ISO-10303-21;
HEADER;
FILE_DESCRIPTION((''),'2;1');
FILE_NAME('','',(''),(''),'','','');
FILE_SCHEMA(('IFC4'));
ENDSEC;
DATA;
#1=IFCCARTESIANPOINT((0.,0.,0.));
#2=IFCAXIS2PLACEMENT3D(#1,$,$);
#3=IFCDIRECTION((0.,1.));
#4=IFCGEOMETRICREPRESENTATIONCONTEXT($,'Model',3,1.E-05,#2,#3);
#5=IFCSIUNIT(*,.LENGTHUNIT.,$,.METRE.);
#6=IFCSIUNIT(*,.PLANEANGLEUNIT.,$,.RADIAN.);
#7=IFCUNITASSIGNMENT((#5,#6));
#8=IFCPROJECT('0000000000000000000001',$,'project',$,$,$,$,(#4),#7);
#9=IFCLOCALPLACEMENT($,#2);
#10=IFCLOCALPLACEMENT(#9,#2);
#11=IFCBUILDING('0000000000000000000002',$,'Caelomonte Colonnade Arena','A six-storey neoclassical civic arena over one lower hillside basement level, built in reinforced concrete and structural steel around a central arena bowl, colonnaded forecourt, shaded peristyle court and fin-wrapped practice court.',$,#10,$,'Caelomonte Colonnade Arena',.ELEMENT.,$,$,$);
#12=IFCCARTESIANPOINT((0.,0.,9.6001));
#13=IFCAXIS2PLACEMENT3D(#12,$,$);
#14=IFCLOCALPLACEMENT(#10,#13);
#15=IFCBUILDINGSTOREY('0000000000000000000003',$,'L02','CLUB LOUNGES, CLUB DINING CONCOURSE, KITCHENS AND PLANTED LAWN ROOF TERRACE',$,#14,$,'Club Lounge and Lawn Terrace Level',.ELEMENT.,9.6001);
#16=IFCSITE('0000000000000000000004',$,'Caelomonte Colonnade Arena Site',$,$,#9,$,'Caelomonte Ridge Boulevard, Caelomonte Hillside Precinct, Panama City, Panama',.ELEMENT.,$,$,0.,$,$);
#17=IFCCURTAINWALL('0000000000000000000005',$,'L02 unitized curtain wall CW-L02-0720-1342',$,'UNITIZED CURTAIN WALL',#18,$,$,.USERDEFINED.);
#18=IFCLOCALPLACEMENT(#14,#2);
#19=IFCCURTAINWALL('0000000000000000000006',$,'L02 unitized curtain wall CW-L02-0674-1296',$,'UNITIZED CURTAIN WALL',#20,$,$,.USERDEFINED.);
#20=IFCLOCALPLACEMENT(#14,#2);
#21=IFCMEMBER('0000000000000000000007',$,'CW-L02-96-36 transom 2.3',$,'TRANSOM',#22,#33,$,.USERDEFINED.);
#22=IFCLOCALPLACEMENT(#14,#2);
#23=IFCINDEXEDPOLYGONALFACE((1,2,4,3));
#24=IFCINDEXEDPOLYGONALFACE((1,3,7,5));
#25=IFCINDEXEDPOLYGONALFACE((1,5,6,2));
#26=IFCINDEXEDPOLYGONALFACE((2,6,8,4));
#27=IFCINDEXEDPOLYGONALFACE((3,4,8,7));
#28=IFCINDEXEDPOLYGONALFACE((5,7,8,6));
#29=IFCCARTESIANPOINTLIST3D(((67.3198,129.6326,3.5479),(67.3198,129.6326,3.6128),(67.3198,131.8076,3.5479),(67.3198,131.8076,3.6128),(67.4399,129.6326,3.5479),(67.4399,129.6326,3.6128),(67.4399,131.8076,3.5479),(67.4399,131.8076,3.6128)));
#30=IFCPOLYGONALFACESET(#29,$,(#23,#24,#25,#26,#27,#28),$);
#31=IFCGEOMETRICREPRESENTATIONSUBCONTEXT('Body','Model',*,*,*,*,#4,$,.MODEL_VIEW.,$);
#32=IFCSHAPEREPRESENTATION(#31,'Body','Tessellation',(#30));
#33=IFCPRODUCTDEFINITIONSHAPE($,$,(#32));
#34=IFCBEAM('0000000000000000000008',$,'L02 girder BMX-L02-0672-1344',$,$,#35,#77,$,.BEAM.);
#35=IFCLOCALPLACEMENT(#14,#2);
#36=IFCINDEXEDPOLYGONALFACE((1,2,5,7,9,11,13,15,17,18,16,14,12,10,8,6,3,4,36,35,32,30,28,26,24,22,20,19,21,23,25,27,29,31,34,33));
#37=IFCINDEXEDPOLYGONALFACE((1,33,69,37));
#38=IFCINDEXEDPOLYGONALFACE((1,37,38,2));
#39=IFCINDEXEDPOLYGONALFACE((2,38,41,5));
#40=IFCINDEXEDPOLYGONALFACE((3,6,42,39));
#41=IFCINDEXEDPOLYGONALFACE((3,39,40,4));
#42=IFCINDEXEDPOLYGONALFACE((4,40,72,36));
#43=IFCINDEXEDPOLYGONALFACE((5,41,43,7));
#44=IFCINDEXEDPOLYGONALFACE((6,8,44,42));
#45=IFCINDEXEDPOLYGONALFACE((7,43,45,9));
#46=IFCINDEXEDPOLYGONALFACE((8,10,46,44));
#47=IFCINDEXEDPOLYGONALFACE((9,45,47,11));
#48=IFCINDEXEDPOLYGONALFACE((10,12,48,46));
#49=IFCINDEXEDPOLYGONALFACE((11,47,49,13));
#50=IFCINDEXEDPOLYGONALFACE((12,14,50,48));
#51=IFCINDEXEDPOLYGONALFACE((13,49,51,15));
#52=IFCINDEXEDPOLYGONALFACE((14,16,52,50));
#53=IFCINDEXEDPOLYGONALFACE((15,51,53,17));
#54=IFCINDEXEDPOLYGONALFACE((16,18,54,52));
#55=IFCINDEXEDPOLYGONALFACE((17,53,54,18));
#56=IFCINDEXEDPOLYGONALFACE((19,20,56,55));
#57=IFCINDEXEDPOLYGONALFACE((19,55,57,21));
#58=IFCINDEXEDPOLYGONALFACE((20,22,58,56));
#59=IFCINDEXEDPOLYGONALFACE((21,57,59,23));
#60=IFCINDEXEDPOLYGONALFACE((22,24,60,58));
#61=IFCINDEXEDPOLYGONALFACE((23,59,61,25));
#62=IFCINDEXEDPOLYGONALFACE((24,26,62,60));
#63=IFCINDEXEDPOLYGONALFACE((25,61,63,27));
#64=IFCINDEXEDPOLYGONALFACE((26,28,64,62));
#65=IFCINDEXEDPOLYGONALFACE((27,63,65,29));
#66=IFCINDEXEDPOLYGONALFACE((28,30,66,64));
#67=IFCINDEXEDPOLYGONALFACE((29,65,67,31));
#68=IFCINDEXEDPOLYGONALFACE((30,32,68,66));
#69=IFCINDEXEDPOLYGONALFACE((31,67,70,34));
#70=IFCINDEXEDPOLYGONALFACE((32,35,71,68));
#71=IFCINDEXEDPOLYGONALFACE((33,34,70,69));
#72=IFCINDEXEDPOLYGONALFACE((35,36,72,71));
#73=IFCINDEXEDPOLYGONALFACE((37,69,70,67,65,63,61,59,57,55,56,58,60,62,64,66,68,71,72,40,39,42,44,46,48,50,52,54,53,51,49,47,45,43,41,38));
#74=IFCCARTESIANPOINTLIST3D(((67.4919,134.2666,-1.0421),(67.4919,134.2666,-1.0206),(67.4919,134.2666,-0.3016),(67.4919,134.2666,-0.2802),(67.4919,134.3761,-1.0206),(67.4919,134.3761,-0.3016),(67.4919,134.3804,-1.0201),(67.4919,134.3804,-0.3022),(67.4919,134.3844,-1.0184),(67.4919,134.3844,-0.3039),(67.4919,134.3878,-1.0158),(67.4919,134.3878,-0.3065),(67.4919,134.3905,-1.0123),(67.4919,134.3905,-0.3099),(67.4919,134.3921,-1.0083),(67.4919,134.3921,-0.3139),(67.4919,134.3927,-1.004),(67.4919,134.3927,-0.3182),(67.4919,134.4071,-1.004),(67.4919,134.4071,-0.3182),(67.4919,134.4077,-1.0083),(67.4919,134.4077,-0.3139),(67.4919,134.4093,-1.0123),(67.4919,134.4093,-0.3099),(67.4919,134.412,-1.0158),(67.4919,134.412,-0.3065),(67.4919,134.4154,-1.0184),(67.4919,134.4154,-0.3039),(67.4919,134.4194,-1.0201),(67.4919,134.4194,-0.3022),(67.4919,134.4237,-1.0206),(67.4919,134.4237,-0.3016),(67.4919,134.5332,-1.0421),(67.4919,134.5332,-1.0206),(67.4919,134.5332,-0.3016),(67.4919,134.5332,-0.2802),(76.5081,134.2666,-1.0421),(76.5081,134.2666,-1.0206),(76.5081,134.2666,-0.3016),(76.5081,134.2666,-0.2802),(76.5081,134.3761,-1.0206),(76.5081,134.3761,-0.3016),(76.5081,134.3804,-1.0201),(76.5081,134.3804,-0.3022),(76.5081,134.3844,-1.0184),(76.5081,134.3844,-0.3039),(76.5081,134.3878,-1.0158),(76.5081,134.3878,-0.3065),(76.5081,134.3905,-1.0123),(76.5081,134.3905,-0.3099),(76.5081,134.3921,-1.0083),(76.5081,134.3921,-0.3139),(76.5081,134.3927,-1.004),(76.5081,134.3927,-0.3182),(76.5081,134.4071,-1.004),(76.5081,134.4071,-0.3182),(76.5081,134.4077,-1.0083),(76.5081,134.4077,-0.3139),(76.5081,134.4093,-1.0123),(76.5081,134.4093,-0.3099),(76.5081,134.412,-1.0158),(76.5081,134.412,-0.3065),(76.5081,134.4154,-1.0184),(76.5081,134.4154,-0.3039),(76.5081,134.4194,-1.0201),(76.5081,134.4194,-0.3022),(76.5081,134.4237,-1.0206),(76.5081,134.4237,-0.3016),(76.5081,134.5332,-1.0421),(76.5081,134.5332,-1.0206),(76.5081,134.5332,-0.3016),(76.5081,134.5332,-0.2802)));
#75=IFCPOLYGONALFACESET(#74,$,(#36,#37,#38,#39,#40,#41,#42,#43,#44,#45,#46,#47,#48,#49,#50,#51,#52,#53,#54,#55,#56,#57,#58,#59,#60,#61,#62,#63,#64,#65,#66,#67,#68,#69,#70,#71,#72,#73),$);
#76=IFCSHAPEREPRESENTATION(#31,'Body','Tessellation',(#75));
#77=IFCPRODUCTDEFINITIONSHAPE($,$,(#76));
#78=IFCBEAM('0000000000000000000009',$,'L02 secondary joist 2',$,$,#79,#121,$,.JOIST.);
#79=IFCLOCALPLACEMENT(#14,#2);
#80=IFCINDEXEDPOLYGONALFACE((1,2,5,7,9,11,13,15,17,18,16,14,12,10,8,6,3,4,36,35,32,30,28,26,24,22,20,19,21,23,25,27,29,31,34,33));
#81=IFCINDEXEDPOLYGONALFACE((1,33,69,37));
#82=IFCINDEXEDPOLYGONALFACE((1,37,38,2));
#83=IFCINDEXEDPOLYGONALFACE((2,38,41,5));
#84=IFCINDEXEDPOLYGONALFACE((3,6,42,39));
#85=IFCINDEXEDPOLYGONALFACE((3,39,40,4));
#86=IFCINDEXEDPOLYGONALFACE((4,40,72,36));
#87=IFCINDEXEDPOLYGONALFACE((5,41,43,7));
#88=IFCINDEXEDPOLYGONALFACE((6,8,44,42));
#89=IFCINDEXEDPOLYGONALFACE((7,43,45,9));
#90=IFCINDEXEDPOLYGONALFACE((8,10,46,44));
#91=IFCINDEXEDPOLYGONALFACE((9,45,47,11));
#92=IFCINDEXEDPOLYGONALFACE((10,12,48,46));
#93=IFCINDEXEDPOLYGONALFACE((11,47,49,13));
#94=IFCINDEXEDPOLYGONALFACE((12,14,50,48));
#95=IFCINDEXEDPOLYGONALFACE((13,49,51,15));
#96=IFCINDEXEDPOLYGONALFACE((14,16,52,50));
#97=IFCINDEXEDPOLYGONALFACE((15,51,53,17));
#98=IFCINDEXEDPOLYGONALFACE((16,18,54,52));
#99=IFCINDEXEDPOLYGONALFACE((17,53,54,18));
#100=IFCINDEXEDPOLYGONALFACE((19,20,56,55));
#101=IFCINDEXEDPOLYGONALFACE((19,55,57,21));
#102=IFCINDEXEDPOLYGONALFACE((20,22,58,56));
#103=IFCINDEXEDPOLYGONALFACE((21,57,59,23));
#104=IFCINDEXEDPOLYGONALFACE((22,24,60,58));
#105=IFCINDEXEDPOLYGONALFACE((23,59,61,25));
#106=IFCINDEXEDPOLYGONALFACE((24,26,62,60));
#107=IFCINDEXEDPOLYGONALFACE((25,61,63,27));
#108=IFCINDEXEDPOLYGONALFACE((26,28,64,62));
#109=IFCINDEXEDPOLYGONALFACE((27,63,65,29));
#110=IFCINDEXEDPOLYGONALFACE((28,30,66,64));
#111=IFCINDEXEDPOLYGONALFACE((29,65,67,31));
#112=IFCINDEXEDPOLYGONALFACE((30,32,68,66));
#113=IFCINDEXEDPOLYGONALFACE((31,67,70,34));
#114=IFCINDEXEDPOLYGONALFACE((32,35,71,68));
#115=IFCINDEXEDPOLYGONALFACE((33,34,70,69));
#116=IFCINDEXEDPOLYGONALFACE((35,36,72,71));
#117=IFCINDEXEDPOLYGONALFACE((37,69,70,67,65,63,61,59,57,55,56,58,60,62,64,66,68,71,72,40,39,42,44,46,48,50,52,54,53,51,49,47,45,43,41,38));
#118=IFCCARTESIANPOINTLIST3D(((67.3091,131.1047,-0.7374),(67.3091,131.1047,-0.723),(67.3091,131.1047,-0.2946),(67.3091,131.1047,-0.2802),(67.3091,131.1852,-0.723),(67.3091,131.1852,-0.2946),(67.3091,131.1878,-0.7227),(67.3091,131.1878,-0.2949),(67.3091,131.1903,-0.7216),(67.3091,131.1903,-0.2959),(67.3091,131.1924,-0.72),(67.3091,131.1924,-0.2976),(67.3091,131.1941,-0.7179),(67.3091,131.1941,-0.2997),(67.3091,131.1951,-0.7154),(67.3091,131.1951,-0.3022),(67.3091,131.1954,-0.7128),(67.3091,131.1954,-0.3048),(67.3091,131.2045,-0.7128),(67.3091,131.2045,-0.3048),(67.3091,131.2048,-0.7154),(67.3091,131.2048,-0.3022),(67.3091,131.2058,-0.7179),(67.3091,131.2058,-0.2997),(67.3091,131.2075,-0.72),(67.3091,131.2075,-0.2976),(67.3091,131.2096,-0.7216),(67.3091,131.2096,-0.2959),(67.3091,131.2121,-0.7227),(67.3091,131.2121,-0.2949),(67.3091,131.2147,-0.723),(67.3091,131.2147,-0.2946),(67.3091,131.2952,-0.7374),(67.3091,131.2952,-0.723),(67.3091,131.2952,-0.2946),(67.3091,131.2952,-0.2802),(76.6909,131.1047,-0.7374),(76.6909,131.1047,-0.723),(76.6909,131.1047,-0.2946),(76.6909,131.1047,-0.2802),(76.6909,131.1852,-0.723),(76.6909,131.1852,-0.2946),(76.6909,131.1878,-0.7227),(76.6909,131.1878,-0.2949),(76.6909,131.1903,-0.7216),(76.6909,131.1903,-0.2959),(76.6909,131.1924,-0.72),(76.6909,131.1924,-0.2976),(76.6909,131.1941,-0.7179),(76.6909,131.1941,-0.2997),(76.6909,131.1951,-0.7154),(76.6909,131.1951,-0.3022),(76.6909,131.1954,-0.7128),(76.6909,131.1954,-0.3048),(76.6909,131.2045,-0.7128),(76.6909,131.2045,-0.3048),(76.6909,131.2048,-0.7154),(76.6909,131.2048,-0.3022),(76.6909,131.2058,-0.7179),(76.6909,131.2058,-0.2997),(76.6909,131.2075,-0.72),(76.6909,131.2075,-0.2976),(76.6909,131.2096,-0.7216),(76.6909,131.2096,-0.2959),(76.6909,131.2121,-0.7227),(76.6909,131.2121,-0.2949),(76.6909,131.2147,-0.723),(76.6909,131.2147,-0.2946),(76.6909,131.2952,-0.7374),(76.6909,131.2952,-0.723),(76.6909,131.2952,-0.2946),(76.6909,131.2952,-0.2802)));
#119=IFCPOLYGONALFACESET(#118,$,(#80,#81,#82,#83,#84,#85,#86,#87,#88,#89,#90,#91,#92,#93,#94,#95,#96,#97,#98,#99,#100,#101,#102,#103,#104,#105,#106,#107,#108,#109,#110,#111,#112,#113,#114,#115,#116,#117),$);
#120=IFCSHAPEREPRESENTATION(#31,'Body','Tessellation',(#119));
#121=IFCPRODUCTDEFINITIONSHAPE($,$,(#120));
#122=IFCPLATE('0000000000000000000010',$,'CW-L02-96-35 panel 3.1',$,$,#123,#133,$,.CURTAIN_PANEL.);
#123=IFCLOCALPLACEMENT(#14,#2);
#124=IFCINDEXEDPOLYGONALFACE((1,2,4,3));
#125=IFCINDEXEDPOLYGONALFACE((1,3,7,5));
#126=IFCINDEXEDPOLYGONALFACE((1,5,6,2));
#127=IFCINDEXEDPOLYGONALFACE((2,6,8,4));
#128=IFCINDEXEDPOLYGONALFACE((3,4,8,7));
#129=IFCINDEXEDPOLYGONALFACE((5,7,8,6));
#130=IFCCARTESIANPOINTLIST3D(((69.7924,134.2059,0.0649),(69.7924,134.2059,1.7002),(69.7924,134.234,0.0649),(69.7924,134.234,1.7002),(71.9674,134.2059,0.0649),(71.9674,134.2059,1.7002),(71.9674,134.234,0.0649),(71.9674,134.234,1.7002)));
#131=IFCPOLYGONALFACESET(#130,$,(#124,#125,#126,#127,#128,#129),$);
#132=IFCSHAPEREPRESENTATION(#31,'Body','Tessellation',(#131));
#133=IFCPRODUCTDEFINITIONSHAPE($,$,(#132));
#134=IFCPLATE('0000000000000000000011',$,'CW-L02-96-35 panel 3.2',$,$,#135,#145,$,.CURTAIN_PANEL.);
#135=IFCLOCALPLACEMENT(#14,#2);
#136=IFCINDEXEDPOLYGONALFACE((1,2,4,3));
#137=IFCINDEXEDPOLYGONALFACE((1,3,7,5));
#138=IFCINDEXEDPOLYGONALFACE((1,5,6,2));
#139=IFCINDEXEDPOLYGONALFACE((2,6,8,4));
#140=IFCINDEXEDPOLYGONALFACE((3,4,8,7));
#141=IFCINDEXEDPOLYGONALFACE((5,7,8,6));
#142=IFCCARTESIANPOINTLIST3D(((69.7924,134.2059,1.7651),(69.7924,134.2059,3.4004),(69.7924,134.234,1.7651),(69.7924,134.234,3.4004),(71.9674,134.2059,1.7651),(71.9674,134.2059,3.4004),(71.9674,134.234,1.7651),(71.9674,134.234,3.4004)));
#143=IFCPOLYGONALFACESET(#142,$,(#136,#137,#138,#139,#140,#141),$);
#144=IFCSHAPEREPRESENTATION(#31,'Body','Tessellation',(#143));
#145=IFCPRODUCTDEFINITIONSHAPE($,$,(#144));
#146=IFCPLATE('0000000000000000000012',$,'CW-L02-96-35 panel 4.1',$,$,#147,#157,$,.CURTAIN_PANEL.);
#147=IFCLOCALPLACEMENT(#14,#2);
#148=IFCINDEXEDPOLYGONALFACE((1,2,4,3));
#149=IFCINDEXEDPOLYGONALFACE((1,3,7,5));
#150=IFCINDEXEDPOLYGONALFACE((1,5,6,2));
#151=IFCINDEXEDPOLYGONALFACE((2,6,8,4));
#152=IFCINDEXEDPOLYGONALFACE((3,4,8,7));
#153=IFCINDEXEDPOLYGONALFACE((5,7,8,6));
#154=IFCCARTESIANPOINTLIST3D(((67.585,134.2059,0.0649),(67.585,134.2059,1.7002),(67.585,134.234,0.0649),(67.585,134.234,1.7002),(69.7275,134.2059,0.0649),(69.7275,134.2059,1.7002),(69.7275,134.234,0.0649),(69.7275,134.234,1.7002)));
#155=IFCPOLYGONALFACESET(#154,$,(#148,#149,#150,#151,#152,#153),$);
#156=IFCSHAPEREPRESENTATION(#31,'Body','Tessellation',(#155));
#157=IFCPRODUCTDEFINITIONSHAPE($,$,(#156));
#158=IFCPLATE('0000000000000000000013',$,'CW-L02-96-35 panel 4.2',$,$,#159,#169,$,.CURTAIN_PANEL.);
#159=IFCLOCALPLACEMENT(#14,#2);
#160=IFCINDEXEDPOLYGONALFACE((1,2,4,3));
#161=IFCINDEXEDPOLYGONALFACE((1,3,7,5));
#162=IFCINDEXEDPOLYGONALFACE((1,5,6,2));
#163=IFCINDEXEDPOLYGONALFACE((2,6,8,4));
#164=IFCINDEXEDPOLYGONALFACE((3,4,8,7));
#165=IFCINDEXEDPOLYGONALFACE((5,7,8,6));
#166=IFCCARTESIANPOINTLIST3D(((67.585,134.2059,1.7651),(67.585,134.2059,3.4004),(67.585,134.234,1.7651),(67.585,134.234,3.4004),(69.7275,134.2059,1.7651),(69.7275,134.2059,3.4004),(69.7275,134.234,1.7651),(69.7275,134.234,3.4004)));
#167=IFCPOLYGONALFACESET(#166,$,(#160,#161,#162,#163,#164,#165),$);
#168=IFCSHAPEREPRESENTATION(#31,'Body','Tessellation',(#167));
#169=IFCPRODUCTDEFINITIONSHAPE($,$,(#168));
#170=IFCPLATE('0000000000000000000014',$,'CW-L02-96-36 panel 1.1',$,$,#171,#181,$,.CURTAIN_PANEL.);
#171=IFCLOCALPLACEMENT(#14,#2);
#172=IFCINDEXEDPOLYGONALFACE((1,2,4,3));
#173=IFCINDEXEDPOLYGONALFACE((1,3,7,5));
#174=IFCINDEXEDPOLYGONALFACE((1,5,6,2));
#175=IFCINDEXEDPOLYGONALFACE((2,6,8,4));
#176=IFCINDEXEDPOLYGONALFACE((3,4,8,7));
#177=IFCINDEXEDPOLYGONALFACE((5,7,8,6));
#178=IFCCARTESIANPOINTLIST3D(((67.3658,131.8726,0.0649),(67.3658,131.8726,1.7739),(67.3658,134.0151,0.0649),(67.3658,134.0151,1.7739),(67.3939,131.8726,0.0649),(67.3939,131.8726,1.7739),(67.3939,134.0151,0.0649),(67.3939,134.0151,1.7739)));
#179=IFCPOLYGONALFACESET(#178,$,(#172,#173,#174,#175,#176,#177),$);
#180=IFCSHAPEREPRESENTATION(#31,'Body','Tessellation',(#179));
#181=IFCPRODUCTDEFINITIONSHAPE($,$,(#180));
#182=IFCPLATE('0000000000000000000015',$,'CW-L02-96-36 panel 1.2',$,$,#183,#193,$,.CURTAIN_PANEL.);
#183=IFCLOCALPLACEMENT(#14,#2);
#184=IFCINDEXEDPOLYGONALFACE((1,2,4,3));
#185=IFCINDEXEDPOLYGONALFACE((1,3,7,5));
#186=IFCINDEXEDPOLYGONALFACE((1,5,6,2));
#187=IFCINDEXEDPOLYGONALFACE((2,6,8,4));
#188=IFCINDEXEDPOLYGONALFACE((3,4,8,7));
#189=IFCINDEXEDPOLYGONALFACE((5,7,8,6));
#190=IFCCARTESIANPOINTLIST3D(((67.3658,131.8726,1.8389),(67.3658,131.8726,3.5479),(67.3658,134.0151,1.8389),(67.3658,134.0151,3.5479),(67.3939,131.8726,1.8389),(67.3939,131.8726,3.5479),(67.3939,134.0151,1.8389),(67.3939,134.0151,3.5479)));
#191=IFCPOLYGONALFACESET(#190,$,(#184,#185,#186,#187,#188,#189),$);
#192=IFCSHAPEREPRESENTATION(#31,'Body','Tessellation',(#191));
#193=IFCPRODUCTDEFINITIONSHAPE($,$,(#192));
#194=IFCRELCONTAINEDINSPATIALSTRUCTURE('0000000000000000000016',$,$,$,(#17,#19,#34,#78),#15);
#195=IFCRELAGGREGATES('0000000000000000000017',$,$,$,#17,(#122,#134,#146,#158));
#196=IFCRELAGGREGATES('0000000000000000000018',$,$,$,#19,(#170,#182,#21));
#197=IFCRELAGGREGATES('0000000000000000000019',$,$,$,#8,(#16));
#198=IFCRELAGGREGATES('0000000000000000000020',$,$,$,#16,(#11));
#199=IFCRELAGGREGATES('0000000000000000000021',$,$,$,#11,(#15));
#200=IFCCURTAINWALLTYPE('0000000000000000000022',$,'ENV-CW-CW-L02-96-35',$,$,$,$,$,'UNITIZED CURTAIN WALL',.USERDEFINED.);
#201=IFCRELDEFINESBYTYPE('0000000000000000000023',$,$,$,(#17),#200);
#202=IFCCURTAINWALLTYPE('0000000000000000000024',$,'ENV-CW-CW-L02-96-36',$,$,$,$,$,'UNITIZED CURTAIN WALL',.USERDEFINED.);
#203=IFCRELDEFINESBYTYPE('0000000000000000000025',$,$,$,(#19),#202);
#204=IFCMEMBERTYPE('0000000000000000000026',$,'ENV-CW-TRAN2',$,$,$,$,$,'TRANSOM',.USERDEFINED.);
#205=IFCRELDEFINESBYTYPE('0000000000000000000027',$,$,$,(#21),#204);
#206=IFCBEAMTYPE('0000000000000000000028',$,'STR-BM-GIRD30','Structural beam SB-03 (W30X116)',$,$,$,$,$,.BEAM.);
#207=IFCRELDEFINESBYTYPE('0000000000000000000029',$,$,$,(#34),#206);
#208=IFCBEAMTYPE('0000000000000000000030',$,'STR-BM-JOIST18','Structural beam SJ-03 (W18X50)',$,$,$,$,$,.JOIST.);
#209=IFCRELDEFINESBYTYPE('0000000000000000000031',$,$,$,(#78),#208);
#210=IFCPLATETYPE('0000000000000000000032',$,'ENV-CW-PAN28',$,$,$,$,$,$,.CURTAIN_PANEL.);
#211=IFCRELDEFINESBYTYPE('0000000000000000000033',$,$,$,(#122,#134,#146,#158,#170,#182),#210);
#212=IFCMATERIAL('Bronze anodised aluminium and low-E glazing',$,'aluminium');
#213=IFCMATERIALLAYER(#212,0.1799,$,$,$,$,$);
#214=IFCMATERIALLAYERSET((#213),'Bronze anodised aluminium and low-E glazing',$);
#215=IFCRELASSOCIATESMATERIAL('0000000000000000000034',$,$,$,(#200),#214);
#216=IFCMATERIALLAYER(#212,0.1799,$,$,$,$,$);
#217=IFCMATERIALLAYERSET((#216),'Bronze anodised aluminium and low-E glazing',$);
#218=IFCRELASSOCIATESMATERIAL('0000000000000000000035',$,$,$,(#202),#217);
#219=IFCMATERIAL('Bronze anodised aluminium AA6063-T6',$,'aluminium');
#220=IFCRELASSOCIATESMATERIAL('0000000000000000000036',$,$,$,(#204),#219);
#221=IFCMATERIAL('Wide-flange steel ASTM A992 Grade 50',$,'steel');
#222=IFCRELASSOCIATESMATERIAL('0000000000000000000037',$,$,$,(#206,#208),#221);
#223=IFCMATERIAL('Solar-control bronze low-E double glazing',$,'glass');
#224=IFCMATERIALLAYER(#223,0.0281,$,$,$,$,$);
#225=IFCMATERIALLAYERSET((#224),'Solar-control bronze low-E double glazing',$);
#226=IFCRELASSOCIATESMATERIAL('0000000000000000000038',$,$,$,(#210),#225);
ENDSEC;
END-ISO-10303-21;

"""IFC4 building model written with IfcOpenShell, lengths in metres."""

from ifc_helpers import new_model, si_unit, direction, frame, origin, origin_2d, place, context, subcontext, project, spatial, rectangle, i_section, extrude, material, layer, layer_set, material_profile, profile_set, type_object, element, aggregate, save


model = new_model("IFC4")

# Units and contexts
model_context = context("Model", 3, precision=1e-05, world=origin(), true_north=direction((0.0, 1.0)))
body_context = subcontext(model_context, "Body", "Model", "MODEL_VIEW")
ifc_project = project(units=[si_unit("LENGTHUNIT", "METRE"), si_unit("PLANEANGLEUNIT", "RADIAN")], contexts=[model_context])

# Site, building, storey
site_placement = place(None, origin())
site = spatial("IfcSite", under=ifc_project, at=site_placement, Name="Caelomonte Colonnade Arena Site", LongName="Caelomonte Ridge Boulevard, Caelomonte Hillside Precinct, Panama City, Panama", CompositionType="ELEMENT", RefElevation=0.0)
building_placement = place(site_placement, origin())
building = spatial("IfcBuilding", under=site, at=building_placement, Name="Caelomonte Colonnade Arena", Description="A six-storey neoclassical civic arena over one lower hillside basement level, built in reinforced concrete and structural steel around a central arena bowl, colonnaded forecourt, shaded peristyle court and fin-wrapped practice court.", LongName="Caelomonte Colonnade Arena", CompositionType="ELEMENT")
storey_placement = place(building_placement, frame((0.0, 0.0, 9.6001)))
storey = spatial("IfcBuildingStorey", under=building, at=storey_placement, Name="L02", Description="CLUB LOUNGES, CLUB DINING CONCOURSE, KITCHENS AND PLANTED LAWN ROOF TERRACE", LongName="Club Lounge and Lawn Terrace Level", CompositionType="ELEMENT", Elevation=9.6001)

# Curtain walls
ifc_material_1 = material(Name="Bronze anodised aluminium and low-E glazing", Category="aluminium")
ifc_layer_1 = layer(ifc_material_1, 0.1799)
ifc_layer_set_1 = layer_set([ifc_layer_1], Name="Bronze anodised aluminium and low-E glazing")
curtain_wall_type_1 = type_object("IfcCurtainWallType", Name="ENV-CW-CW-L02-96-35", ElementType="UNITIZED CURTAIN WALL", PredefinedType="USERDEFINED", material=ifc_layer_set_1)
curtain_wall_1_placement = place(storey_placement, origin())
curtain_wall_1 = element("IfcCurtainWall", 1, at=curtain_wall_1_placement, inside=storey, type_object=curtain_wall_type_1, Name="L02 unitized curtain wall CW-L02-0720-1342", ObjectType="UNITIZED CURTAIN WALL", PredefinedType="USERDEFINED")
ifc_material_2 = material(Name="Bronze anodised aluminium AA6063-T6", Category="aluminium")
ifc_layer_2 = layer(ifc_material_1, 0.1799)
ifc_layer_set_2 = layer_set([ifc_layer_2], Name="Bronze anodised aluminium and low-E glazing")
curtain_wall_type_2 = type_object("IfcCurtainWallType", Name="ENV-CW-CW-L02-96-36", ElementType="UNITIZED CURTAIN WALL", PredefinedType="USERDEFINED", material=ifc_layer_set_2)
curtain_wall_2_placement = place(storey_placement, origin())
curtain_wall_2 = element("IfcCurtainWall", 2, at=curtain_wall_2_placement, inside=storey, type_object=curtain_wall_type_2, Name="L02 unitized curtain wall CW-L02-0674-1296", ObjectType="UNITIZED CURTAIN WALL", PredefinedType="USERDEFINED")

# Member
ifc_material_profile_1 = material_profile(ifc_material_2, rectangle(XDim=0.0649, YDim=0.1201, at=origin_2d()), Name="CWT-65X120")
ifc_profile_set_1 = profile_set([ifc_material_profile_1], Name="Bronze anodised aluminium AA6063-T6")
member_type_1 = type_object("IfcMemberType", Name="ENV-CW-TRAN2", ElementType="TRANSOM", PredefinedType="USERDEFINED", material=ifc_profile_set_1)
member_1_placement = place(storey_placement, frame((67.3799, 131.8076, 3.5803), z_axis=(0.0, -1.0, 0.0), x_axis=(0.0, 0.0, 1.0)))
member_1 = element("IfcMember", 3, at=member_1_placement, type_object=member_type_1, Name="CW-L02-96-36 transom 2.3", ObjectType="TRANSOM", PredefinedType="USERDEFINED", context=body_context, shape_type="SweptSolid", body=[
    extrude(rectangle(XDim=0.0649, YDim=0.1201, at=origin_2d()), origin(), (0.0, 0.0, 1.0), 2.175),
])

# Beams
ifc_material_3 = material(Name="Wide-flange steel ASTM A992 Grade 50", Category="steel")
ifc_material_profile_2 = material_profile(ifc_material_3, i_section(OverallWidth=0.2666, OverallDepth=0.762, WebThickness=0.0144, FlangeThickness=0.0215, FilletRadius=0.0166, at=origin_2d()), Name="W30X116")
ifc_profile_set_2 = profile_set([ifc_material_profile_2], Name="Wide-flange steel ASTM A992 Grade 50")
beam_type_1 = type_object("IfcBeamType", Name="STR-BM-GIRD30", Description="Structural beam SB-03 (W30X116)", PredefinedType="BEAM", material=ifc_profile_set_2)
beam_1_placement = place(storey_placement, frame((67.4919, 134.3999, -0.6611), z_axis=(1.0, 0.0, 0.0), x_axis=(0.0, 1.0, 0.0)))
element("IfcBeam", 4, at=beam_1_placement, inside=storey, type_object=beam_type_1, Name="L02 girder BMX-L02-0672-1344", PredefinedType="BEAM", context=body_context, shape_type="SweptSolid", body=[
    extrude(i_section(OverallWidth=0.2666, OverallDepth=0.762, WebThickness=0.0144, FlangeThickness=0.0215, FilletRadius=0.0166, at=origin_2d()), origin(), (0.0, 0.0, 1.0), 9.0161),
])
ifc_material_profile_3 = material_profile(ifc_material_3, i_section(OverallWidth=0.1904, OverallDepth=0.4573, WebThickness=0.009, FlangeThickness=0.0144, FilletRadius=0.0103, at=origin_2d()), Name="W18X50")
ifc_profile_set_3 = profile_set([ifc_material_profile_3], Name="Wide-flange steel ASTM A992 Grade 50")
beam_type_2 = type_object("IfcBeamType", Name="STR-BM-JOIST18", Description="Structural beam SJ-03 (W18X50)", PredefinedType="JOIST", material=ifc_profile_set_3)
beam_2_placement = place(storey_placement, frame((67.3091, 131.2, -0.5088), z_axis=(1.0, 0.0, 0.0), x_axis=(0.0, 1.0, 0.0)))
element("IfcBeam", 5, at=beam_2_placement, inside=storey, type_object=beam_type_2, Name="L02 secondary joist 2", PredefinedType="JOIST", context=body_context, shape_type="SweptSolid", body=[
    extrude(i_section(OverallWidth=0.1904, OverallDepth=0.4573, WebThickness=0.009, FlangeThickness=0.0144, FilletRadius=0.0103, at=origin_2d()), origin(), (0.0, 0.0, 1.0), 9.3818),
])

# Plates
ifc_material_4 = material(Name="Solar-control bronze low-E double glazing", Category="glass")
ifc_layer_3 = layer(ifc_material_4, 0.0281)
ifc_layer_set_3 = layer_set([ifc_layer_3], Name="Solar-control bronze low-E double glazing")
plate_type = type_object("IfcPlateType", Name="ENV-CW-PAN28", PredefinedType="CURTAIN_PANEL", material=ifc_layer_set_3)
plate_1_placement = place(storey_placement, frame((70.8799, 134.22, 0.0649), z_axis=(0.0, 0.0, 1.0), x_axis=(-1.0, 0.0, 0.0)))
plate_1 = element("IfcPlate", 6, at=plate_1_placement, type_object=plate_type, Name="CW-L02-96-35 panel 3.1", PredefinedType="CURTAIN_PANEL", context=body_context, shape_type="SweptSolid", body=[
    extrude(rectangle(XDim=2.175, YDim=0.0281, at=origin_2d()), origin(), (0.0, 0.0, 1.0), 1.6353),
])
plate_2_placement = place(storey_placement, frame((70.8799, 134.22, 1.7651), z_axis=(0.0, 0.0, 1.0), x_axis=(-1.0, 0.0, 0.0)))
plate_2 = element("IfcPlate", 7, at=plate_2_placement, type_object=plate_type, Name="CW-L02-96-35 panel 3.2", PredefinedType="CURTAIN_PANEL", context=body_context, shape_type="SweptSolid", body=[
    extrude(rectangle(XDim=2.175, YDim=0.0281, at=origin_2d()), origin(), (0.0, 0.0, 1.0), 1.6353),
])
plate_3_placement = place(storey_placement, frame((68.6562, 134.22, 0.0649), z_axis=(0.0, 0.0, 1.0), x_axis=(-1.0, 0.0, 0.0)))
plate_3 = element("IfcPlate", 8, at=plate_3_placement, type_object=plate_type, Name="CW-L02-96-35 panel 4.1", PredefinedType="CURTAIN_PANEL", context=body_context, shape_type="SweptSolid", body=[
    extrude(rectangle(XDim=2.1426, YDim=0.0281, at=origin_2d()), origin(), (0.0, 0.0, 1.0), 1.6353),
])
plate_4_placement = place(storey_placement, frame((68.6562, 134.22, 1.7651), z_axis=(0.0, 0.0, 1.0), x_axis=(-1.0, 0.0, 0.0)))
plate_4 = element("IfcPlate", 9, at=plate_4_placement, type_object=plate_type, Name="CW-L02-96-35 panel 4.2", PredefinedType="CURTAIN_PANEL", context=body_context, shape_type="SweptSolid", body=[
    extrude(rectangle(XDim=2.1426, YDim=0.0281, at=origin_2d()), origin(), (0.0, 0.0, 1.0), 1.6353),
])
aggregate(curtain_wall_1, [plate_1, plate_2, plate_3, plate_4])
plate_5_placement = place(storey_placement, frame((67.3799, 132.9438, 0.0649), z_axis=(0.0, 0.0, 1.0), x_axis=(0.0, -1.0, 0.0)))
plate_5 = element("IfcPlate", 10, at=plate_5_placement, type_object=plate_type, Name="CW-L02-96-36 panel 1.1", PredefinedType="CURTAIN_PANEL", context=body_context, shape_type="SweptSolid", body=[
    extrude(rectangle(XDim=2.1426, YDim=0.0281, at=origin_2d()), origin(), (0.0, 0.0, 1.0), 1.709),
])
plate_6_placement = place(storey_placement, frame((67.3799, 132.9438, 1.8389), z_axis=(0.0, 0.0, 1.0), x_axis=(0.0, -1.0, 0.0)))
plate_6 = element("IfcPlate", 11, at=plate_6_placement, type_object=plate_type, Name="CW-L02-96-36 panel 1.2", PredefinedType="CURTAIN_PANEL", context=body_context, shape_type="SweptSolid", body=[
    extrude(rectangle(XDim=2.1426, YDim=0.0281, at=origin_2d()), origin(), (0.0, 0.0, 1.0), 1.709),
])
aggregate(curtain_wall_2, [plate_5, plate_6, member_1])

save(model, "model.ifc")
